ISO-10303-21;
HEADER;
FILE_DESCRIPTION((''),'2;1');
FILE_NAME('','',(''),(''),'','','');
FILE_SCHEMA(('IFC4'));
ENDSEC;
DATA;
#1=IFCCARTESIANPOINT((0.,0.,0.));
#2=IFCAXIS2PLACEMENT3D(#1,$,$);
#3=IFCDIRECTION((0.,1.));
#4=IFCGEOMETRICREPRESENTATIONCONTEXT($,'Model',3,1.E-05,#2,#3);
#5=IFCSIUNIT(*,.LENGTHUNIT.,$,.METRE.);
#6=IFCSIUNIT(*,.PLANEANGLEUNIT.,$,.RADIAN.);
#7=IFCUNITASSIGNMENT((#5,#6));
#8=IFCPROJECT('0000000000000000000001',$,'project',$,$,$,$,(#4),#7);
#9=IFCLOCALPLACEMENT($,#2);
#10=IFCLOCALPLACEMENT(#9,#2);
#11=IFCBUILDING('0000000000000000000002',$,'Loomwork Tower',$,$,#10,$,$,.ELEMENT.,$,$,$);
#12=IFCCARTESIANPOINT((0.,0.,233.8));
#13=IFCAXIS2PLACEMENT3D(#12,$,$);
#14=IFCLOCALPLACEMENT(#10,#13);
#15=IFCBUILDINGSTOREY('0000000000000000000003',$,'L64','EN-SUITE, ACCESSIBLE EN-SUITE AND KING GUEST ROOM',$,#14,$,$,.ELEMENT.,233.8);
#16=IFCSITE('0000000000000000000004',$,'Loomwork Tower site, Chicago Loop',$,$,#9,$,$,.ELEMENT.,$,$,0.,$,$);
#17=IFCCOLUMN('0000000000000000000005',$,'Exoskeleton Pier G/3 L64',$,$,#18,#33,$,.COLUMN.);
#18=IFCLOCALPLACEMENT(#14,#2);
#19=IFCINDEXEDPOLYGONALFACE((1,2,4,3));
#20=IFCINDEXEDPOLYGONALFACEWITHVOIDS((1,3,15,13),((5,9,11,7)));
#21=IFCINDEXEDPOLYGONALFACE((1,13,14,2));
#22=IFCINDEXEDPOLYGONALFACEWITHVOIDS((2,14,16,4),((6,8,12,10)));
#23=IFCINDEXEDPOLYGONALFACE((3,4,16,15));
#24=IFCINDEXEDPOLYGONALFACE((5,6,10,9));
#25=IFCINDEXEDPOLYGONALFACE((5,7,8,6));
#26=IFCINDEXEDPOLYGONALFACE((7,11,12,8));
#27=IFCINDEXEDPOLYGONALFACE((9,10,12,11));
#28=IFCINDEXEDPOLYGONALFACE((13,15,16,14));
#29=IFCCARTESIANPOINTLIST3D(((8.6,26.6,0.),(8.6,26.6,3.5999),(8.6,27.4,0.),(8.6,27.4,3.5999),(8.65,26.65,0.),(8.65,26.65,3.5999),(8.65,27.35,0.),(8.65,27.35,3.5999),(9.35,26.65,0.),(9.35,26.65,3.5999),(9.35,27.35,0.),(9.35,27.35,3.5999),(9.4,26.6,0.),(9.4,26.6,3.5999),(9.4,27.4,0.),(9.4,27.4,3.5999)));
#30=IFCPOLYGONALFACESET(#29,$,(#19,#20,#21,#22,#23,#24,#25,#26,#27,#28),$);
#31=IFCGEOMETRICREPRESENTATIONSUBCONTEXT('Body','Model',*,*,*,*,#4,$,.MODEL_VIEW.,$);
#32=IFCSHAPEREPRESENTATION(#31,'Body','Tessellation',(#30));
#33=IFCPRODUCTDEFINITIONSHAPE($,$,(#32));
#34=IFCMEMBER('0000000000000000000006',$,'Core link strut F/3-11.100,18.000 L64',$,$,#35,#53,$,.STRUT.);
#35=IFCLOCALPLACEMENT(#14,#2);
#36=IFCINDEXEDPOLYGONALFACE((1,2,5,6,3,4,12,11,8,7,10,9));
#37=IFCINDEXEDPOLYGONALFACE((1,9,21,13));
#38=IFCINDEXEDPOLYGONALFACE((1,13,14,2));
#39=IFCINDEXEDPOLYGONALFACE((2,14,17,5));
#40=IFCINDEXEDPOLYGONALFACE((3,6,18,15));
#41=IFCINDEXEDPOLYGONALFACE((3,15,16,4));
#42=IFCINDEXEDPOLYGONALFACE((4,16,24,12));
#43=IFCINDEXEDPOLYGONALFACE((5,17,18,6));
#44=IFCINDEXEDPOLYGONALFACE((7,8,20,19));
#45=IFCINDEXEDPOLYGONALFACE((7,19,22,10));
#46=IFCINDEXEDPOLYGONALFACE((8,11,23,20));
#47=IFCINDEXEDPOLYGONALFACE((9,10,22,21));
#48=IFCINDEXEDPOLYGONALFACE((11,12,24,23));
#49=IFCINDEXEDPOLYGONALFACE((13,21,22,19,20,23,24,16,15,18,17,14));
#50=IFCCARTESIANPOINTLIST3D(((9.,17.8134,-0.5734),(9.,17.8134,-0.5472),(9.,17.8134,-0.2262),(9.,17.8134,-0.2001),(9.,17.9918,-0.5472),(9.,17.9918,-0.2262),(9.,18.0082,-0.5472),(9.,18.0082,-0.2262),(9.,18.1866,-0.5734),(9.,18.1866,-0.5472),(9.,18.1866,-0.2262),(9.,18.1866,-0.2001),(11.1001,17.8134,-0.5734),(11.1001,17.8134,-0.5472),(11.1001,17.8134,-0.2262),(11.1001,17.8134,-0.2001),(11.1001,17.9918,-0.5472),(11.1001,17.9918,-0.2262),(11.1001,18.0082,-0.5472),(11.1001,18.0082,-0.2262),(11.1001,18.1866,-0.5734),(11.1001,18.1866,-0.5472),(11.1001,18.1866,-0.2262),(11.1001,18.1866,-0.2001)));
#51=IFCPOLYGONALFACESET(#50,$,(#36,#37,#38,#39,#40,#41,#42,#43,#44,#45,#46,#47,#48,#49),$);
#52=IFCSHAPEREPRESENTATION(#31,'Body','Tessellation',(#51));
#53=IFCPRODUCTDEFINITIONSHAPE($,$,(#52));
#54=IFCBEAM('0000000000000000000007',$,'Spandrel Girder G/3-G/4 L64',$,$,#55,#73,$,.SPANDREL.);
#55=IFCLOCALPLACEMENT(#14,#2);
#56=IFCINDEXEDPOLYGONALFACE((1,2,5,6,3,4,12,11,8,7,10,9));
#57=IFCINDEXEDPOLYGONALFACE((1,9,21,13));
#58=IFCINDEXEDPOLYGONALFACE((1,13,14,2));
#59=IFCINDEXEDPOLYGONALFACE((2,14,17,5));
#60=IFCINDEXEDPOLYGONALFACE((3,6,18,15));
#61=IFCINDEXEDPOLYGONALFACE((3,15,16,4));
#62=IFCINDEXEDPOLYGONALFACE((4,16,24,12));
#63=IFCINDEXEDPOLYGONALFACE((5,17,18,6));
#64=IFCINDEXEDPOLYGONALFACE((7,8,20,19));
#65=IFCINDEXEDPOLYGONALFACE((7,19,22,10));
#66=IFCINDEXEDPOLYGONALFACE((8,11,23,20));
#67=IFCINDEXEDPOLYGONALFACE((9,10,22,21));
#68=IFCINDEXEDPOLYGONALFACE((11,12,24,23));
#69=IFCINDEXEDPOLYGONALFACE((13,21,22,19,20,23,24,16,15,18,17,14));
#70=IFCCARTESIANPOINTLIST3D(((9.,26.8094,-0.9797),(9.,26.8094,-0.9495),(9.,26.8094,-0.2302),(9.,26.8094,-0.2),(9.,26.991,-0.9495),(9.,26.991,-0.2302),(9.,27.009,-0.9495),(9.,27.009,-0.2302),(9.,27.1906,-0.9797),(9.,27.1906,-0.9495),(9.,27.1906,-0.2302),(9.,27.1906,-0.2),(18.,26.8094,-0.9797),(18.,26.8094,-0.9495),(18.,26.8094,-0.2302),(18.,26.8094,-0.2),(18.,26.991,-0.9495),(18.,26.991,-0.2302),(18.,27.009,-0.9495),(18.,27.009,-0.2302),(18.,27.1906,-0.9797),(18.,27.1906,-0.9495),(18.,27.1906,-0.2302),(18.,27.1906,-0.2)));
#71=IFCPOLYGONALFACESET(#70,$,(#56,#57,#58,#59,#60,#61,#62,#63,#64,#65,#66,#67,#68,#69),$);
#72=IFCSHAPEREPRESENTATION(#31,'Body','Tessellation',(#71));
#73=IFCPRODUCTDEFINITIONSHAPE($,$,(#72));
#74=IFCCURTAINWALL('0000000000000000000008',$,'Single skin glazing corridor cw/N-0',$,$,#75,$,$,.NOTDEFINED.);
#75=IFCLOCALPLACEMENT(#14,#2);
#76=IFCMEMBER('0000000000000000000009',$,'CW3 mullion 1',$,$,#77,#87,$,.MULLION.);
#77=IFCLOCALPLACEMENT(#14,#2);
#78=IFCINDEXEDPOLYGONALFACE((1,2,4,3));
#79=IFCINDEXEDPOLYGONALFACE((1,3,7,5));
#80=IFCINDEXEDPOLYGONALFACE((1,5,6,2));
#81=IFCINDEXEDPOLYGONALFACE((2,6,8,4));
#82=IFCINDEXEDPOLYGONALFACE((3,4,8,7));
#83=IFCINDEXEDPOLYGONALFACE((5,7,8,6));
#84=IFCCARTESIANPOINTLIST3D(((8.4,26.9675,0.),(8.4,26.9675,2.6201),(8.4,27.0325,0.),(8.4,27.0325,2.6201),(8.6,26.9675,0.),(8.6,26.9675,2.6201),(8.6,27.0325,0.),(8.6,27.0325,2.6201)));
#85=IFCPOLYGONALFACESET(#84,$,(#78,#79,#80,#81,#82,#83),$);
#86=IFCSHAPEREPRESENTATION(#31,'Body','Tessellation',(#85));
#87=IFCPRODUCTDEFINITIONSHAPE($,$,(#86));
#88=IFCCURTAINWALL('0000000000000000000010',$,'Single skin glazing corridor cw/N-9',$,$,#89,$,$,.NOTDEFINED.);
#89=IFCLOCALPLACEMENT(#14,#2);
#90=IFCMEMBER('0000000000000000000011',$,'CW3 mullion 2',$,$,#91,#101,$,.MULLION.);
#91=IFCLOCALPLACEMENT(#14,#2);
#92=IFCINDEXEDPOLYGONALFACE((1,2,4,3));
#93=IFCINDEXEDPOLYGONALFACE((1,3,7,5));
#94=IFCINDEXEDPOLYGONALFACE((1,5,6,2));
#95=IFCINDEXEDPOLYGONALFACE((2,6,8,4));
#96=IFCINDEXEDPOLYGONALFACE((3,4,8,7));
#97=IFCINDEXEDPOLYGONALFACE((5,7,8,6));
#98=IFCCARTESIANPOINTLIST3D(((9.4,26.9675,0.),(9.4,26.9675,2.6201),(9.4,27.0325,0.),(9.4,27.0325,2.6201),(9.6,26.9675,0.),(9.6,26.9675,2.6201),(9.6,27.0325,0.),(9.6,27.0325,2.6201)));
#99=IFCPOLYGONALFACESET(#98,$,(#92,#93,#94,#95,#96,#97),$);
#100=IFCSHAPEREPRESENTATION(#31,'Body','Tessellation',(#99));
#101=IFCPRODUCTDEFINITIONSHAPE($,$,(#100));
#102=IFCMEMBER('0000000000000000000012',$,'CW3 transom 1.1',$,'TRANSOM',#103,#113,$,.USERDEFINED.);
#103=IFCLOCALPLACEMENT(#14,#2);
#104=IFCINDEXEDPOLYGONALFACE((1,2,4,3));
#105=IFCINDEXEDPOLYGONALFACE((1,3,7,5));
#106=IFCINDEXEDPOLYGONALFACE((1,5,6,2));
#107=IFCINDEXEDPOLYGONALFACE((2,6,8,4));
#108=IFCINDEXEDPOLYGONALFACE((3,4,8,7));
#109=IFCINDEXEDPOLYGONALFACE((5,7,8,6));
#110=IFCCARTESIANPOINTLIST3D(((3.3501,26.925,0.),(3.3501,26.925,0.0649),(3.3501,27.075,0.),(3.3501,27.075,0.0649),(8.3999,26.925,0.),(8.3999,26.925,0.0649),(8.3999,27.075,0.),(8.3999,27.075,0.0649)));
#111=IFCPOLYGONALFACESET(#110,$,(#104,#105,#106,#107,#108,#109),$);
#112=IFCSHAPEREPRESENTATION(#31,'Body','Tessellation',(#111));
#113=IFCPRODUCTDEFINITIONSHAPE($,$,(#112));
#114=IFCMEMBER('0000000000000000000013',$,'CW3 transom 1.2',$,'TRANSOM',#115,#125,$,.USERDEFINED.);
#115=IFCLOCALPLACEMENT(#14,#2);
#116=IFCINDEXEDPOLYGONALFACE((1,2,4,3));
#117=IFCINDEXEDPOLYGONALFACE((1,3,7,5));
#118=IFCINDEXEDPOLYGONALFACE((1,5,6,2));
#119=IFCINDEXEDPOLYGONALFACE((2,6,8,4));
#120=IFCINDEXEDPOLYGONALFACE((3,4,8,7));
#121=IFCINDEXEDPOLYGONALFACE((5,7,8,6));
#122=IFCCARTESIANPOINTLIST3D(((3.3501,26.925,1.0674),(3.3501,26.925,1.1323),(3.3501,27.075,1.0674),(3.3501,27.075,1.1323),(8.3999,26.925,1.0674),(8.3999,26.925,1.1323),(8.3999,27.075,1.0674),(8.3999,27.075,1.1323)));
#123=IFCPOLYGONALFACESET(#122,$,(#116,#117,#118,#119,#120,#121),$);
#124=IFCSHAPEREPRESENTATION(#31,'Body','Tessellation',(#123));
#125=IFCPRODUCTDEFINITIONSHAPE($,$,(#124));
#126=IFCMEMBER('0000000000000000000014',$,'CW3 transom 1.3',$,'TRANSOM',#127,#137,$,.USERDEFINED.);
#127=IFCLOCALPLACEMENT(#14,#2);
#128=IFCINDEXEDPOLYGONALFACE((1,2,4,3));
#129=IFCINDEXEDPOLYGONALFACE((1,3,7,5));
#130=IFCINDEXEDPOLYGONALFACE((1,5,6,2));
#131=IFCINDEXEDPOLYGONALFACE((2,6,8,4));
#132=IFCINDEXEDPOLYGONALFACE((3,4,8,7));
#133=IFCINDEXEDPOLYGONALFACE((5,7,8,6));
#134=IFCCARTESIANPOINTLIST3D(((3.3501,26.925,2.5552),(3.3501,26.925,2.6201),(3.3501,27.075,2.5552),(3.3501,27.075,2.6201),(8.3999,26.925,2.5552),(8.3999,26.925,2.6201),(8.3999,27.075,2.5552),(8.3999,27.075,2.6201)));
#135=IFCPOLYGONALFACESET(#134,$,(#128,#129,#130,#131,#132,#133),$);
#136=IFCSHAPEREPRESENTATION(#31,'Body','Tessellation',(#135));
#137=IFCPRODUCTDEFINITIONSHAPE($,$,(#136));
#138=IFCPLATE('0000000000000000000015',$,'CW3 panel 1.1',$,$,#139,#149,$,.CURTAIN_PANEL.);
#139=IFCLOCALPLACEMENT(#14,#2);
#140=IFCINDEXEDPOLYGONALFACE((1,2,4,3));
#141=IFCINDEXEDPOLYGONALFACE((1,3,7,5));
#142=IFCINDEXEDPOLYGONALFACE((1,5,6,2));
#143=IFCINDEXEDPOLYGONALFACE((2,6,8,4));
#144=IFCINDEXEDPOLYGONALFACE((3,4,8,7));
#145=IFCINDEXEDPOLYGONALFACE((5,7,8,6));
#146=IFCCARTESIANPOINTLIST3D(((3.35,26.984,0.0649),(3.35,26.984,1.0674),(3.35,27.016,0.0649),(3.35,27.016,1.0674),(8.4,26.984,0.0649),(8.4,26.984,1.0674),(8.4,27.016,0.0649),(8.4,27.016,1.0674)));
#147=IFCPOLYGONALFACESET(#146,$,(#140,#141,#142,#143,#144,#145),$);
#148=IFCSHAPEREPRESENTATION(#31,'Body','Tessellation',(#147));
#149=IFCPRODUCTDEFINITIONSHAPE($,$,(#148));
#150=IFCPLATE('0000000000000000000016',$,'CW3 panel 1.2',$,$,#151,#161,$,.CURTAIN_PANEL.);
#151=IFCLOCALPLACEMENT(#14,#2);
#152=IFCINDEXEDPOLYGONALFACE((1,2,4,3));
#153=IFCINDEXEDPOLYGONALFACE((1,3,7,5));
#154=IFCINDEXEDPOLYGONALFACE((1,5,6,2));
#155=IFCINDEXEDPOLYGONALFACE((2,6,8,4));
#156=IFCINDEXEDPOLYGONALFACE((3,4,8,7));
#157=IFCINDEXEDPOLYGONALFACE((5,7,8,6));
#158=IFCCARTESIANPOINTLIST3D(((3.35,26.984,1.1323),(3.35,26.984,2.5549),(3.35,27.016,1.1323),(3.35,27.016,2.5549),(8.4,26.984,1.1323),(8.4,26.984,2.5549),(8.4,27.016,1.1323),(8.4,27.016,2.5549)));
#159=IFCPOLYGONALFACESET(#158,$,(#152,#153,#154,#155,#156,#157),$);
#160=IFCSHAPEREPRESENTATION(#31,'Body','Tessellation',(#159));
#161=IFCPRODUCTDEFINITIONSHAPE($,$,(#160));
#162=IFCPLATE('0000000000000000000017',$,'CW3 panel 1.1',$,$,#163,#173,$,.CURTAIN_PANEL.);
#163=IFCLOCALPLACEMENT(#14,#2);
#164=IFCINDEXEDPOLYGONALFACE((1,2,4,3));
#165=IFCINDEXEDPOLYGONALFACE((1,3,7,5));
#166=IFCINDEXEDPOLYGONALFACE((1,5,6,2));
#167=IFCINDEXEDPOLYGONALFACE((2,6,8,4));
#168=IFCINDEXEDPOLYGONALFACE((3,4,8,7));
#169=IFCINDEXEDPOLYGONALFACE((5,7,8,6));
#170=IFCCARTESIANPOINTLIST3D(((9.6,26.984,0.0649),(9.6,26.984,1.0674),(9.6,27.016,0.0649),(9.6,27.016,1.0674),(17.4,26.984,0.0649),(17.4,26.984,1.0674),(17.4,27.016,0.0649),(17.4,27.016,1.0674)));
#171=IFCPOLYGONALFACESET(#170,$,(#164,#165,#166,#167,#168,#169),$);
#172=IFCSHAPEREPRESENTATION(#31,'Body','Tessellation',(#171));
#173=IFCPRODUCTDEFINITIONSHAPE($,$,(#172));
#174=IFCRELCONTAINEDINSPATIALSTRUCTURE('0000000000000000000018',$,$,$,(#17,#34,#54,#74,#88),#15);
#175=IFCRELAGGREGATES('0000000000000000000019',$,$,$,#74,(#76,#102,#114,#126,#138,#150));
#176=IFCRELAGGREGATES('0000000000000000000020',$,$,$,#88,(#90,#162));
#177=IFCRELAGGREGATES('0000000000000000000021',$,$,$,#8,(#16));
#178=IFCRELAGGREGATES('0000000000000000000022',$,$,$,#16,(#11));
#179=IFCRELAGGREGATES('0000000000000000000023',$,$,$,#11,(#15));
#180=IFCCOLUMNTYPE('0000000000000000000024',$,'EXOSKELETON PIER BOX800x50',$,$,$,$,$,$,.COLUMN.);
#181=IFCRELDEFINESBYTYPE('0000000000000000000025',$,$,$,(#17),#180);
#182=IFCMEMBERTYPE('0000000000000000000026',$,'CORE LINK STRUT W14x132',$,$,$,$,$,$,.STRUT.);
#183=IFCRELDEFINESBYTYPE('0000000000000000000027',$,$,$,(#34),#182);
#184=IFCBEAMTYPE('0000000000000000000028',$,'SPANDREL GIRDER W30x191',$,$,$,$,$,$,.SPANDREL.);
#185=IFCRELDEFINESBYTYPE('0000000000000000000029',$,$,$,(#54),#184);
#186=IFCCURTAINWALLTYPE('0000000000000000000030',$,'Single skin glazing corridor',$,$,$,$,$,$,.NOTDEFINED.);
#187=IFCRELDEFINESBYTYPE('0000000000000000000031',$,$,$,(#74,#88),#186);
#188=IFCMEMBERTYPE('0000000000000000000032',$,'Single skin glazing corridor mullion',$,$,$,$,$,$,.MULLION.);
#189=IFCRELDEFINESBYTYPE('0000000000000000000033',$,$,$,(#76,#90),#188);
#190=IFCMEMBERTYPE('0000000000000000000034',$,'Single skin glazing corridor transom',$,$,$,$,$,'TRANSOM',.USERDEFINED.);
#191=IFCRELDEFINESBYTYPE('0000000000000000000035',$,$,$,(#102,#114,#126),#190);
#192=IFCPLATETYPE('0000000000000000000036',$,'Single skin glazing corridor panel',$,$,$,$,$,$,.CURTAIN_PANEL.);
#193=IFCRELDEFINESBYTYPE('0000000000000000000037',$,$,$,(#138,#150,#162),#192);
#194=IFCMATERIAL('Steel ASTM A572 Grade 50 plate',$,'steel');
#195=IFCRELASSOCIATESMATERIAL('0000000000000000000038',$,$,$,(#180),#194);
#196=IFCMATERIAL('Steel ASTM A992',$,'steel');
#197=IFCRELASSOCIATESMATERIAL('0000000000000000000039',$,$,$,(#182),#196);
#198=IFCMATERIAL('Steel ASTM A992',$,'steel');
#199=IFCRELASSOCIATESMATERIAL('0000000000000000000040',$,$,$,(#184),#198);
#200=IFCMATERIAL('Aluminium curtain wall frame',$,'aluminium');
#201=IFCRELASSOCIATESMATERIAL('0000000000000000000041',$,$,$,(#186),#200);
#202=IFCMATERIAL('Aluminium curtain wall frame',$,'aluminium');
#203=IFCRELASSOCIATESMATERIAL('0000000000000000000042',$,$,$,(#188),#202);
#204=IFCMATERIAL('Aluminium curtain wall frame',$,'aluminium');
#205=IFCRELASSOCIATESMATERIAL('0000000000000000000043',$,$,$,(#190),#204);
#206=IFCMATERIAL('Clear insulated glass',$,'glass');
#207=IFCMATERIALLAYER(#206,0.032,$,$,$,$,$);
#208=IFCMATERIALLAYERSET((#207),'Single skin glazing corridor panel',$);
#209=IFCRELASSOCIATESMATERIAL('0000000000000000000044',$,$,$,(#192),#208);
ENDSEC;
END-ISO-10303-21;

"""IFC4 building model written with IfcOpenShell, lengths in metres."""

from ifc_helpers import new_model, si_unit, direction, frame, origin, origin_2d, place, context, subcontext, project, spatial, rectangle, hollow_rectangle, i_section, extrude, material, layer, layer_set, material_profile, profile_set, type_object, element, aggregate, save


model = new_model("IFC4")

# Units and contexts
model_context = context("Model", 3, precision=1e-05, world=origin(), true_north=direction((0.0, 1.0)))
body_context = subcontext(model_context, "Body", "Model", "MODEL_VIEW")
ifc_project = project(units=[si_unit("LENGTHUNIT", "METRE"), si_unit("PLANEANGLEUNIT", "RADIAN")], contexts=[model_context])

# Site, building, storey
site_placement = place(None, origin())
site = spatial("IfcSite", under=ifc_project, at=site_placement, Name="Loomwork Tower site, Chicago Loop", CompositionType="ELEMENT", RefElevation=0.0)
building_placement = place(site_placement, origin())
building = spatial("IfcBuilding", under=site, at=building_placement, Name="Loomwork Tower", CompositionType="ELEMENT")
storey_placement = place(building_placement, frame((0.0, 0.0, 233.8)))
storey = spatial("IfcBuildingStorey", under=building, at=storey_placement, Name="L64", Description="EN-SUITE, ACCESSIBLE EN-SUITE AND KING GUEST ROOM", CompositionType="ELEMENT", Elevation=233.8)

# Column
ifc_material_1 = material(Name="Steel ASTM A572 Grade 50 plate", Category="steel")
ifc_material_profile_1 = material_profile(ifc_material_1, hollow_rectangle(XDim=0.8, YDim=0.8, WallThickness=0.05, at=origin_2d()), Name="BOX800x50")
ifc_profile_set_1 = profile_set([ifc_material_profile_1], Name="Steel ASTM A572 Grade 50 plate")
column_type = type_object("IfcColumnType", Name="EXOSKELETON PIER BOX800x50", PredefinedType="COLUMN", material=ifc_profile_set_1)
column_placement = place(storey_placement, frame((9.0, 27.0, 0.0), z_axis=(0.0, 0.0, 1.0), x_axis=(1.0, 0.0, 0.0)))
element("IfcColumn", 1, at=column_placement, inside=storey, type_object=column_type, Name="Exoskeleton Pier G/3 L64", PredefinedType="COLUMN", context=body_context, shape_type="SweptSolid", body=[
    extrude(hollow_rectangle(XDim=0.8, YDim=0.8, WallThickness=0.05, at=origin_2d()), origin(), (0.0, 0.0, 1.0), 3.5999),
])

# Member
ifc_material_2 = material(Name="Steel ASTM A992", Category="steel")
ifc_material_profile_2 = material_profile(ifc_material_2, i_section(OverallWidth=0.3733, OverallDepth=0.3733, WebThickness=0.0164, FlangeThickness=0.0261, at=origin_2d()), Name="W14x132")
ifc_profile_set_2 = profile_set([ifc_material_profile_2], Name="Steel ASTM A992")
member_type_1 = type_object("IfcMemberType", Name="CORE LINK STRUT W14x132", PredefinedType="STRUT", material=ifc_profile_set_2)
member_1_placement = place(storey_placement, frame((9.0, 18.0, -0.3867), z_axis=(1.0, 0.0, 0.0), x_axis=(0.0, 1.0, 0.0)))
element("IfcMember", 2, at=member_1_placement, inside=storey, type_object=member_type_1, Name="Core link strut F/3-11.100,18.000 L64", PredefinedType="STRUT", context=body_context, shape_type="SweptSolid", body=[
    extrude(i_section(OverallWidth=0.3733, OverallDepth=0.3733, WebThickness=0.0164, FlangeThickness=0.0261, at=origin_2d()), origin(), (0.0, 0.0, 1.0), 2.1001),
])

# Beam
ifc_material_3 = material(Name="Steel ASTM A992", Category="steel")
ifc_material_profile_3 = material_profile(ifc_material_3, i_section(OverallWidth=0.3811, OverallDepth=0.7798, WebThickness=0.0181, FlangeThickness=0.0303, at=origin_2d()), Name="W30x191")
ifc_profile_set_3 = profile_set([ifc_material_profile_3], Name="Steel ASTM A992")
beam_type = type_object("IfcBeamType", Name="SPANDREL GIRDER W30x191", PredefinedType="SPANDREL", material=ifc_profile_set_3)
beam_placement = place(storey_placement, frame((9.0, 27.0, -0.5898), z_axis=(1.0, 0.0, 0.0), x_axis=(0.0, 1.0, 0.0)))
element("IfcBeam", 3, at=beam_placement, inside=storey, type_object=beam_type, Name="Spandrel Girder G/3-G/4 L64", PredefinedType="SPANDREL", context=body_context, shape_type="SweptSolid", body=[
    extrude(i_section(OverallWidth=0.3811, OverallDepth=0.7798, WebThickness=0.0181, FlangeThickness=0.0303, at=origin_2d()), origin(), (0.0, 0.0, 1.0), 9.0),
])

# Curtain walls, members
ifc_material_4 = material(Name="Aluminium curtain wall frame", Category="aluminium")
curtain_wall_type = type_object("IfcCurtainWallType", Name="Single skin glazing corridor", PredefinedType="NOTDEFINED", material=ifc_material_4)
curtain_wall_1_placement = place(storey_placement, origin())
curtain_wall_1 = element("IfcCurtainWall", 4, at=curtain_wall_1_placement, inside=storey, type_object=curtain_wall_type, Name="Single skin glazing corridor cw/N-0", PredefinedType="NOTDEFINED")
ifc_material_5 = material(Name="Aluminium curtain wall frame", Category="aluminium")
ifc_material_profile_4 = material_profile(ifc_material_5, rectangle(XDim=0.0649, YDim=0.2, at=origin_2d()), Name="AL 65x200")
ifc_profile_set_4 = profile_set([ifc_material_profile_4], Name="Aluminium curtain wall frame")
member_type_2 = type_object("IfcMemberType", Name="Single skin glazing corridor mullion", PredefinedType="MULLION", material=ifc_profile_set_4)
member_2_placement = place(storey_placement, frame((8.5, 27.0, 0.0), z_axis=(0.0, 0.0, 1.0), x_axis=(0.0, -1.0, 0.0)))
member_2 = element("IfcMember", 5, at=member_2_placement, type_object=member_type_2, Name="CW3 mullion 1", PredefinedType="MULLION", context=body_context, shape_type="SweptSolid", body=[
    extrude(rectangle(XDim=0.0649, YDim=0.2, at=origin_2d()), origin(), (0.0, 0.0, 1.0), 2.6201),
])
curtain_wall_2_placement = place(storey_placement, origin())
curtain_wall_2 = element("IfcCurtainWall", 6, at=curtain_wall_2_placement, inside=storey, type_object=curtain_wall_type, Name="Single skin glazing corridor cw/N-9", PredefinedType="NOTDEFINED")
member_3_placement = place(storey_placement, frame((9.5, 27.0, 0.0), z_axis=(0.0, 0.0, 1.0), x_axis=(0.0, -1.0, 0.0)))
member_3 = element("IfcMember", 7, at=member_3_placement, type_object=member_type_2, Name="CW3 mullion 2", PredefinedType="MULLION", context=body_context, shape_type="SweptSolid", body=[
    extrude(rectangle(XDim=0.0649, YDim=0.2, at=origin_2d()), origin(), (0.0, 0.0, 1.0), 2.6201),
])

# Members
ifc_material_6 = material(Name="Aluminium curtain wall frame", Category="aluminium")
ifc_material_profile_5 = material_profile(ifc_material_6, rectangle(XDim=0.1499, YDim=0.0649, at=origin_2d()), Name="AL 65x150")
ifc_profile_set_5 = profile_set([ifc_material_profile_5], Name="Aluminium curtain wall frame")
member_type_3 = type_object("IfcMemberType", Name="Single skin glazing corridor transom", ElementType="TRANSOM", PredefinedType="USERDEFINED", material=ifc_profile_set_5)
member_4_placement = place(storey_placement, frame((8.3999, 27.0, 0.0325), z_axis=(-1.0, 0.0, 0.0), x_axis=(0.0, -1.0, 0.0)))
member_4 = element("IfcMember", 8, at=member_4_placement, type_object=member_type_3, Name="CW3 transom 1.1", ObjectType="TRANSOM", PredefinedType="USERDEFINED", context=body_context, shape_type="SweptSolid", body=[
    extrude(rectangle(XDim=0.1499, YDim=0.0649, at=origin_2d()), origin(), (0.0, 0.0, 1.0), 5.0498),
])
member_5_placement = place(storey_placement, frame((8.3999, 27.0, 1.0999), z_axis=(-1.0, 0.0, 0.0), x_axis=(0.0, -1.0, 0.0)))
member_5 = element("IfcMember", 9, at=member_5_placement, type_object=member_type_3, Name="CW3 transom 1.2", ObjectType="TRANSOM", PredefinedType="USERDEFINED", context=body_context, shape_type="SweptSolid", body=[
    extrude(rectangle(XDim=0.1499, YDim=0.0649, at=origin_2d()), origin(), (0.0, 0.0, 1.0), 5.0498),
])
member_6_placement = place(storey_placement, frame((8.3999, 27.0, 2.5876), z_axis=(-1.0, 0.0, 0.0), x_axis=(0.0, -1.0, 0.0)))
member_6 = element("IfcMember", 10, at=member_6_placement, type_object=member_type_3, Name="CW3 transom 1.3", ObjectType="TRANSOM", PredefinedType="USERDEFINED", context=body_context, shape_type="SweptSolid", body=[
    extrude(rectangle(XDim=0.1499, YDim=0.0649, at=origin_2d()), origin(), (0.0, 0.0, 1.0), 5.0498),
])

# Plates
ifc_material_7 = material(Name="Clear insulated glass", Category="glass")
ifc_layer_1 = layer(ifc_material_7, 0.032)
ifc_layer_set_1 = layer_set([ifc_layer_1], Name="Single skin glazing corridor panel")
plate_type = type_object("IfcPlateType", Name="Single skin glazing corridor panel", PredefinedType="CURTAIN_PANEL", material=ifc_layer_set_1)
plate_1_placement = place(storey_placement, frame((5.875, 27.0, 0.0649), z_axis=(0.0, 0.0, 1.0), x_axis=(-1.0, 0.0, 0.0)))
plate_1 = element("IfcPlate", 11, at=plate_1_placement, type_object=plate_type, Name="CW3 panel 1.1", PredefinedType="CURTAIN_PANEL", context=body_context, shape_type="SweptSolid", body=[
    extrude(rectangle(XDim=5.05, YDim=0.032, at=origin_2d()), origin(), (0.0, 0.0, 1.0), 1.0024),
])
plate_2_placement = place(storey_placement, frame((5.875, 27.0, 1.1323), z_axis=(0.0, 0.0, 1.0), x_axis=(-1.0, 0.0, 0.0)))
plate_2 = element("IfcPlate", 12, at=plate_2_placement, type_object=plate_type, Name="CW3 panel 1.2", PredefinedType="CURTAIN_PANEL", context=body_context, shape_type="SweptSolid", body=[
    extrude(rectangle(XDim=5.05, YDim=0.032, at=origin_2d()), origin(), (0.0, 0.0, 1.0), 1.4226),
])
aggregate(curtain_wall_1, [member_2, member_4, member_5, member_6, plate_1, plate_2])
plate_3_placement = place(storey_placement, frame((13.5, 27.0, 0.0649), z_axis=(0.0, 0.0, 1.0), x_axis=(-1.0, 0.0, 0.0)))
plate_3 = element("IfcPlate", 13, at=plate_3_placement, type_object=plate_type, Name="CW3 panel 1.1", PredefinedType="CURTAIN_PANEL", context=body_context, shape_type="SweptSolid", body=[
    extrude(rectangle(XDim=7.8, YDim=0.032, at=origin_2d()), origin(), (0.0, 0.0, 1.0), 1.0024),
])
aggregate(curtain_wall_2, [member_3, plate_3])

save(model, "model.ifc")
